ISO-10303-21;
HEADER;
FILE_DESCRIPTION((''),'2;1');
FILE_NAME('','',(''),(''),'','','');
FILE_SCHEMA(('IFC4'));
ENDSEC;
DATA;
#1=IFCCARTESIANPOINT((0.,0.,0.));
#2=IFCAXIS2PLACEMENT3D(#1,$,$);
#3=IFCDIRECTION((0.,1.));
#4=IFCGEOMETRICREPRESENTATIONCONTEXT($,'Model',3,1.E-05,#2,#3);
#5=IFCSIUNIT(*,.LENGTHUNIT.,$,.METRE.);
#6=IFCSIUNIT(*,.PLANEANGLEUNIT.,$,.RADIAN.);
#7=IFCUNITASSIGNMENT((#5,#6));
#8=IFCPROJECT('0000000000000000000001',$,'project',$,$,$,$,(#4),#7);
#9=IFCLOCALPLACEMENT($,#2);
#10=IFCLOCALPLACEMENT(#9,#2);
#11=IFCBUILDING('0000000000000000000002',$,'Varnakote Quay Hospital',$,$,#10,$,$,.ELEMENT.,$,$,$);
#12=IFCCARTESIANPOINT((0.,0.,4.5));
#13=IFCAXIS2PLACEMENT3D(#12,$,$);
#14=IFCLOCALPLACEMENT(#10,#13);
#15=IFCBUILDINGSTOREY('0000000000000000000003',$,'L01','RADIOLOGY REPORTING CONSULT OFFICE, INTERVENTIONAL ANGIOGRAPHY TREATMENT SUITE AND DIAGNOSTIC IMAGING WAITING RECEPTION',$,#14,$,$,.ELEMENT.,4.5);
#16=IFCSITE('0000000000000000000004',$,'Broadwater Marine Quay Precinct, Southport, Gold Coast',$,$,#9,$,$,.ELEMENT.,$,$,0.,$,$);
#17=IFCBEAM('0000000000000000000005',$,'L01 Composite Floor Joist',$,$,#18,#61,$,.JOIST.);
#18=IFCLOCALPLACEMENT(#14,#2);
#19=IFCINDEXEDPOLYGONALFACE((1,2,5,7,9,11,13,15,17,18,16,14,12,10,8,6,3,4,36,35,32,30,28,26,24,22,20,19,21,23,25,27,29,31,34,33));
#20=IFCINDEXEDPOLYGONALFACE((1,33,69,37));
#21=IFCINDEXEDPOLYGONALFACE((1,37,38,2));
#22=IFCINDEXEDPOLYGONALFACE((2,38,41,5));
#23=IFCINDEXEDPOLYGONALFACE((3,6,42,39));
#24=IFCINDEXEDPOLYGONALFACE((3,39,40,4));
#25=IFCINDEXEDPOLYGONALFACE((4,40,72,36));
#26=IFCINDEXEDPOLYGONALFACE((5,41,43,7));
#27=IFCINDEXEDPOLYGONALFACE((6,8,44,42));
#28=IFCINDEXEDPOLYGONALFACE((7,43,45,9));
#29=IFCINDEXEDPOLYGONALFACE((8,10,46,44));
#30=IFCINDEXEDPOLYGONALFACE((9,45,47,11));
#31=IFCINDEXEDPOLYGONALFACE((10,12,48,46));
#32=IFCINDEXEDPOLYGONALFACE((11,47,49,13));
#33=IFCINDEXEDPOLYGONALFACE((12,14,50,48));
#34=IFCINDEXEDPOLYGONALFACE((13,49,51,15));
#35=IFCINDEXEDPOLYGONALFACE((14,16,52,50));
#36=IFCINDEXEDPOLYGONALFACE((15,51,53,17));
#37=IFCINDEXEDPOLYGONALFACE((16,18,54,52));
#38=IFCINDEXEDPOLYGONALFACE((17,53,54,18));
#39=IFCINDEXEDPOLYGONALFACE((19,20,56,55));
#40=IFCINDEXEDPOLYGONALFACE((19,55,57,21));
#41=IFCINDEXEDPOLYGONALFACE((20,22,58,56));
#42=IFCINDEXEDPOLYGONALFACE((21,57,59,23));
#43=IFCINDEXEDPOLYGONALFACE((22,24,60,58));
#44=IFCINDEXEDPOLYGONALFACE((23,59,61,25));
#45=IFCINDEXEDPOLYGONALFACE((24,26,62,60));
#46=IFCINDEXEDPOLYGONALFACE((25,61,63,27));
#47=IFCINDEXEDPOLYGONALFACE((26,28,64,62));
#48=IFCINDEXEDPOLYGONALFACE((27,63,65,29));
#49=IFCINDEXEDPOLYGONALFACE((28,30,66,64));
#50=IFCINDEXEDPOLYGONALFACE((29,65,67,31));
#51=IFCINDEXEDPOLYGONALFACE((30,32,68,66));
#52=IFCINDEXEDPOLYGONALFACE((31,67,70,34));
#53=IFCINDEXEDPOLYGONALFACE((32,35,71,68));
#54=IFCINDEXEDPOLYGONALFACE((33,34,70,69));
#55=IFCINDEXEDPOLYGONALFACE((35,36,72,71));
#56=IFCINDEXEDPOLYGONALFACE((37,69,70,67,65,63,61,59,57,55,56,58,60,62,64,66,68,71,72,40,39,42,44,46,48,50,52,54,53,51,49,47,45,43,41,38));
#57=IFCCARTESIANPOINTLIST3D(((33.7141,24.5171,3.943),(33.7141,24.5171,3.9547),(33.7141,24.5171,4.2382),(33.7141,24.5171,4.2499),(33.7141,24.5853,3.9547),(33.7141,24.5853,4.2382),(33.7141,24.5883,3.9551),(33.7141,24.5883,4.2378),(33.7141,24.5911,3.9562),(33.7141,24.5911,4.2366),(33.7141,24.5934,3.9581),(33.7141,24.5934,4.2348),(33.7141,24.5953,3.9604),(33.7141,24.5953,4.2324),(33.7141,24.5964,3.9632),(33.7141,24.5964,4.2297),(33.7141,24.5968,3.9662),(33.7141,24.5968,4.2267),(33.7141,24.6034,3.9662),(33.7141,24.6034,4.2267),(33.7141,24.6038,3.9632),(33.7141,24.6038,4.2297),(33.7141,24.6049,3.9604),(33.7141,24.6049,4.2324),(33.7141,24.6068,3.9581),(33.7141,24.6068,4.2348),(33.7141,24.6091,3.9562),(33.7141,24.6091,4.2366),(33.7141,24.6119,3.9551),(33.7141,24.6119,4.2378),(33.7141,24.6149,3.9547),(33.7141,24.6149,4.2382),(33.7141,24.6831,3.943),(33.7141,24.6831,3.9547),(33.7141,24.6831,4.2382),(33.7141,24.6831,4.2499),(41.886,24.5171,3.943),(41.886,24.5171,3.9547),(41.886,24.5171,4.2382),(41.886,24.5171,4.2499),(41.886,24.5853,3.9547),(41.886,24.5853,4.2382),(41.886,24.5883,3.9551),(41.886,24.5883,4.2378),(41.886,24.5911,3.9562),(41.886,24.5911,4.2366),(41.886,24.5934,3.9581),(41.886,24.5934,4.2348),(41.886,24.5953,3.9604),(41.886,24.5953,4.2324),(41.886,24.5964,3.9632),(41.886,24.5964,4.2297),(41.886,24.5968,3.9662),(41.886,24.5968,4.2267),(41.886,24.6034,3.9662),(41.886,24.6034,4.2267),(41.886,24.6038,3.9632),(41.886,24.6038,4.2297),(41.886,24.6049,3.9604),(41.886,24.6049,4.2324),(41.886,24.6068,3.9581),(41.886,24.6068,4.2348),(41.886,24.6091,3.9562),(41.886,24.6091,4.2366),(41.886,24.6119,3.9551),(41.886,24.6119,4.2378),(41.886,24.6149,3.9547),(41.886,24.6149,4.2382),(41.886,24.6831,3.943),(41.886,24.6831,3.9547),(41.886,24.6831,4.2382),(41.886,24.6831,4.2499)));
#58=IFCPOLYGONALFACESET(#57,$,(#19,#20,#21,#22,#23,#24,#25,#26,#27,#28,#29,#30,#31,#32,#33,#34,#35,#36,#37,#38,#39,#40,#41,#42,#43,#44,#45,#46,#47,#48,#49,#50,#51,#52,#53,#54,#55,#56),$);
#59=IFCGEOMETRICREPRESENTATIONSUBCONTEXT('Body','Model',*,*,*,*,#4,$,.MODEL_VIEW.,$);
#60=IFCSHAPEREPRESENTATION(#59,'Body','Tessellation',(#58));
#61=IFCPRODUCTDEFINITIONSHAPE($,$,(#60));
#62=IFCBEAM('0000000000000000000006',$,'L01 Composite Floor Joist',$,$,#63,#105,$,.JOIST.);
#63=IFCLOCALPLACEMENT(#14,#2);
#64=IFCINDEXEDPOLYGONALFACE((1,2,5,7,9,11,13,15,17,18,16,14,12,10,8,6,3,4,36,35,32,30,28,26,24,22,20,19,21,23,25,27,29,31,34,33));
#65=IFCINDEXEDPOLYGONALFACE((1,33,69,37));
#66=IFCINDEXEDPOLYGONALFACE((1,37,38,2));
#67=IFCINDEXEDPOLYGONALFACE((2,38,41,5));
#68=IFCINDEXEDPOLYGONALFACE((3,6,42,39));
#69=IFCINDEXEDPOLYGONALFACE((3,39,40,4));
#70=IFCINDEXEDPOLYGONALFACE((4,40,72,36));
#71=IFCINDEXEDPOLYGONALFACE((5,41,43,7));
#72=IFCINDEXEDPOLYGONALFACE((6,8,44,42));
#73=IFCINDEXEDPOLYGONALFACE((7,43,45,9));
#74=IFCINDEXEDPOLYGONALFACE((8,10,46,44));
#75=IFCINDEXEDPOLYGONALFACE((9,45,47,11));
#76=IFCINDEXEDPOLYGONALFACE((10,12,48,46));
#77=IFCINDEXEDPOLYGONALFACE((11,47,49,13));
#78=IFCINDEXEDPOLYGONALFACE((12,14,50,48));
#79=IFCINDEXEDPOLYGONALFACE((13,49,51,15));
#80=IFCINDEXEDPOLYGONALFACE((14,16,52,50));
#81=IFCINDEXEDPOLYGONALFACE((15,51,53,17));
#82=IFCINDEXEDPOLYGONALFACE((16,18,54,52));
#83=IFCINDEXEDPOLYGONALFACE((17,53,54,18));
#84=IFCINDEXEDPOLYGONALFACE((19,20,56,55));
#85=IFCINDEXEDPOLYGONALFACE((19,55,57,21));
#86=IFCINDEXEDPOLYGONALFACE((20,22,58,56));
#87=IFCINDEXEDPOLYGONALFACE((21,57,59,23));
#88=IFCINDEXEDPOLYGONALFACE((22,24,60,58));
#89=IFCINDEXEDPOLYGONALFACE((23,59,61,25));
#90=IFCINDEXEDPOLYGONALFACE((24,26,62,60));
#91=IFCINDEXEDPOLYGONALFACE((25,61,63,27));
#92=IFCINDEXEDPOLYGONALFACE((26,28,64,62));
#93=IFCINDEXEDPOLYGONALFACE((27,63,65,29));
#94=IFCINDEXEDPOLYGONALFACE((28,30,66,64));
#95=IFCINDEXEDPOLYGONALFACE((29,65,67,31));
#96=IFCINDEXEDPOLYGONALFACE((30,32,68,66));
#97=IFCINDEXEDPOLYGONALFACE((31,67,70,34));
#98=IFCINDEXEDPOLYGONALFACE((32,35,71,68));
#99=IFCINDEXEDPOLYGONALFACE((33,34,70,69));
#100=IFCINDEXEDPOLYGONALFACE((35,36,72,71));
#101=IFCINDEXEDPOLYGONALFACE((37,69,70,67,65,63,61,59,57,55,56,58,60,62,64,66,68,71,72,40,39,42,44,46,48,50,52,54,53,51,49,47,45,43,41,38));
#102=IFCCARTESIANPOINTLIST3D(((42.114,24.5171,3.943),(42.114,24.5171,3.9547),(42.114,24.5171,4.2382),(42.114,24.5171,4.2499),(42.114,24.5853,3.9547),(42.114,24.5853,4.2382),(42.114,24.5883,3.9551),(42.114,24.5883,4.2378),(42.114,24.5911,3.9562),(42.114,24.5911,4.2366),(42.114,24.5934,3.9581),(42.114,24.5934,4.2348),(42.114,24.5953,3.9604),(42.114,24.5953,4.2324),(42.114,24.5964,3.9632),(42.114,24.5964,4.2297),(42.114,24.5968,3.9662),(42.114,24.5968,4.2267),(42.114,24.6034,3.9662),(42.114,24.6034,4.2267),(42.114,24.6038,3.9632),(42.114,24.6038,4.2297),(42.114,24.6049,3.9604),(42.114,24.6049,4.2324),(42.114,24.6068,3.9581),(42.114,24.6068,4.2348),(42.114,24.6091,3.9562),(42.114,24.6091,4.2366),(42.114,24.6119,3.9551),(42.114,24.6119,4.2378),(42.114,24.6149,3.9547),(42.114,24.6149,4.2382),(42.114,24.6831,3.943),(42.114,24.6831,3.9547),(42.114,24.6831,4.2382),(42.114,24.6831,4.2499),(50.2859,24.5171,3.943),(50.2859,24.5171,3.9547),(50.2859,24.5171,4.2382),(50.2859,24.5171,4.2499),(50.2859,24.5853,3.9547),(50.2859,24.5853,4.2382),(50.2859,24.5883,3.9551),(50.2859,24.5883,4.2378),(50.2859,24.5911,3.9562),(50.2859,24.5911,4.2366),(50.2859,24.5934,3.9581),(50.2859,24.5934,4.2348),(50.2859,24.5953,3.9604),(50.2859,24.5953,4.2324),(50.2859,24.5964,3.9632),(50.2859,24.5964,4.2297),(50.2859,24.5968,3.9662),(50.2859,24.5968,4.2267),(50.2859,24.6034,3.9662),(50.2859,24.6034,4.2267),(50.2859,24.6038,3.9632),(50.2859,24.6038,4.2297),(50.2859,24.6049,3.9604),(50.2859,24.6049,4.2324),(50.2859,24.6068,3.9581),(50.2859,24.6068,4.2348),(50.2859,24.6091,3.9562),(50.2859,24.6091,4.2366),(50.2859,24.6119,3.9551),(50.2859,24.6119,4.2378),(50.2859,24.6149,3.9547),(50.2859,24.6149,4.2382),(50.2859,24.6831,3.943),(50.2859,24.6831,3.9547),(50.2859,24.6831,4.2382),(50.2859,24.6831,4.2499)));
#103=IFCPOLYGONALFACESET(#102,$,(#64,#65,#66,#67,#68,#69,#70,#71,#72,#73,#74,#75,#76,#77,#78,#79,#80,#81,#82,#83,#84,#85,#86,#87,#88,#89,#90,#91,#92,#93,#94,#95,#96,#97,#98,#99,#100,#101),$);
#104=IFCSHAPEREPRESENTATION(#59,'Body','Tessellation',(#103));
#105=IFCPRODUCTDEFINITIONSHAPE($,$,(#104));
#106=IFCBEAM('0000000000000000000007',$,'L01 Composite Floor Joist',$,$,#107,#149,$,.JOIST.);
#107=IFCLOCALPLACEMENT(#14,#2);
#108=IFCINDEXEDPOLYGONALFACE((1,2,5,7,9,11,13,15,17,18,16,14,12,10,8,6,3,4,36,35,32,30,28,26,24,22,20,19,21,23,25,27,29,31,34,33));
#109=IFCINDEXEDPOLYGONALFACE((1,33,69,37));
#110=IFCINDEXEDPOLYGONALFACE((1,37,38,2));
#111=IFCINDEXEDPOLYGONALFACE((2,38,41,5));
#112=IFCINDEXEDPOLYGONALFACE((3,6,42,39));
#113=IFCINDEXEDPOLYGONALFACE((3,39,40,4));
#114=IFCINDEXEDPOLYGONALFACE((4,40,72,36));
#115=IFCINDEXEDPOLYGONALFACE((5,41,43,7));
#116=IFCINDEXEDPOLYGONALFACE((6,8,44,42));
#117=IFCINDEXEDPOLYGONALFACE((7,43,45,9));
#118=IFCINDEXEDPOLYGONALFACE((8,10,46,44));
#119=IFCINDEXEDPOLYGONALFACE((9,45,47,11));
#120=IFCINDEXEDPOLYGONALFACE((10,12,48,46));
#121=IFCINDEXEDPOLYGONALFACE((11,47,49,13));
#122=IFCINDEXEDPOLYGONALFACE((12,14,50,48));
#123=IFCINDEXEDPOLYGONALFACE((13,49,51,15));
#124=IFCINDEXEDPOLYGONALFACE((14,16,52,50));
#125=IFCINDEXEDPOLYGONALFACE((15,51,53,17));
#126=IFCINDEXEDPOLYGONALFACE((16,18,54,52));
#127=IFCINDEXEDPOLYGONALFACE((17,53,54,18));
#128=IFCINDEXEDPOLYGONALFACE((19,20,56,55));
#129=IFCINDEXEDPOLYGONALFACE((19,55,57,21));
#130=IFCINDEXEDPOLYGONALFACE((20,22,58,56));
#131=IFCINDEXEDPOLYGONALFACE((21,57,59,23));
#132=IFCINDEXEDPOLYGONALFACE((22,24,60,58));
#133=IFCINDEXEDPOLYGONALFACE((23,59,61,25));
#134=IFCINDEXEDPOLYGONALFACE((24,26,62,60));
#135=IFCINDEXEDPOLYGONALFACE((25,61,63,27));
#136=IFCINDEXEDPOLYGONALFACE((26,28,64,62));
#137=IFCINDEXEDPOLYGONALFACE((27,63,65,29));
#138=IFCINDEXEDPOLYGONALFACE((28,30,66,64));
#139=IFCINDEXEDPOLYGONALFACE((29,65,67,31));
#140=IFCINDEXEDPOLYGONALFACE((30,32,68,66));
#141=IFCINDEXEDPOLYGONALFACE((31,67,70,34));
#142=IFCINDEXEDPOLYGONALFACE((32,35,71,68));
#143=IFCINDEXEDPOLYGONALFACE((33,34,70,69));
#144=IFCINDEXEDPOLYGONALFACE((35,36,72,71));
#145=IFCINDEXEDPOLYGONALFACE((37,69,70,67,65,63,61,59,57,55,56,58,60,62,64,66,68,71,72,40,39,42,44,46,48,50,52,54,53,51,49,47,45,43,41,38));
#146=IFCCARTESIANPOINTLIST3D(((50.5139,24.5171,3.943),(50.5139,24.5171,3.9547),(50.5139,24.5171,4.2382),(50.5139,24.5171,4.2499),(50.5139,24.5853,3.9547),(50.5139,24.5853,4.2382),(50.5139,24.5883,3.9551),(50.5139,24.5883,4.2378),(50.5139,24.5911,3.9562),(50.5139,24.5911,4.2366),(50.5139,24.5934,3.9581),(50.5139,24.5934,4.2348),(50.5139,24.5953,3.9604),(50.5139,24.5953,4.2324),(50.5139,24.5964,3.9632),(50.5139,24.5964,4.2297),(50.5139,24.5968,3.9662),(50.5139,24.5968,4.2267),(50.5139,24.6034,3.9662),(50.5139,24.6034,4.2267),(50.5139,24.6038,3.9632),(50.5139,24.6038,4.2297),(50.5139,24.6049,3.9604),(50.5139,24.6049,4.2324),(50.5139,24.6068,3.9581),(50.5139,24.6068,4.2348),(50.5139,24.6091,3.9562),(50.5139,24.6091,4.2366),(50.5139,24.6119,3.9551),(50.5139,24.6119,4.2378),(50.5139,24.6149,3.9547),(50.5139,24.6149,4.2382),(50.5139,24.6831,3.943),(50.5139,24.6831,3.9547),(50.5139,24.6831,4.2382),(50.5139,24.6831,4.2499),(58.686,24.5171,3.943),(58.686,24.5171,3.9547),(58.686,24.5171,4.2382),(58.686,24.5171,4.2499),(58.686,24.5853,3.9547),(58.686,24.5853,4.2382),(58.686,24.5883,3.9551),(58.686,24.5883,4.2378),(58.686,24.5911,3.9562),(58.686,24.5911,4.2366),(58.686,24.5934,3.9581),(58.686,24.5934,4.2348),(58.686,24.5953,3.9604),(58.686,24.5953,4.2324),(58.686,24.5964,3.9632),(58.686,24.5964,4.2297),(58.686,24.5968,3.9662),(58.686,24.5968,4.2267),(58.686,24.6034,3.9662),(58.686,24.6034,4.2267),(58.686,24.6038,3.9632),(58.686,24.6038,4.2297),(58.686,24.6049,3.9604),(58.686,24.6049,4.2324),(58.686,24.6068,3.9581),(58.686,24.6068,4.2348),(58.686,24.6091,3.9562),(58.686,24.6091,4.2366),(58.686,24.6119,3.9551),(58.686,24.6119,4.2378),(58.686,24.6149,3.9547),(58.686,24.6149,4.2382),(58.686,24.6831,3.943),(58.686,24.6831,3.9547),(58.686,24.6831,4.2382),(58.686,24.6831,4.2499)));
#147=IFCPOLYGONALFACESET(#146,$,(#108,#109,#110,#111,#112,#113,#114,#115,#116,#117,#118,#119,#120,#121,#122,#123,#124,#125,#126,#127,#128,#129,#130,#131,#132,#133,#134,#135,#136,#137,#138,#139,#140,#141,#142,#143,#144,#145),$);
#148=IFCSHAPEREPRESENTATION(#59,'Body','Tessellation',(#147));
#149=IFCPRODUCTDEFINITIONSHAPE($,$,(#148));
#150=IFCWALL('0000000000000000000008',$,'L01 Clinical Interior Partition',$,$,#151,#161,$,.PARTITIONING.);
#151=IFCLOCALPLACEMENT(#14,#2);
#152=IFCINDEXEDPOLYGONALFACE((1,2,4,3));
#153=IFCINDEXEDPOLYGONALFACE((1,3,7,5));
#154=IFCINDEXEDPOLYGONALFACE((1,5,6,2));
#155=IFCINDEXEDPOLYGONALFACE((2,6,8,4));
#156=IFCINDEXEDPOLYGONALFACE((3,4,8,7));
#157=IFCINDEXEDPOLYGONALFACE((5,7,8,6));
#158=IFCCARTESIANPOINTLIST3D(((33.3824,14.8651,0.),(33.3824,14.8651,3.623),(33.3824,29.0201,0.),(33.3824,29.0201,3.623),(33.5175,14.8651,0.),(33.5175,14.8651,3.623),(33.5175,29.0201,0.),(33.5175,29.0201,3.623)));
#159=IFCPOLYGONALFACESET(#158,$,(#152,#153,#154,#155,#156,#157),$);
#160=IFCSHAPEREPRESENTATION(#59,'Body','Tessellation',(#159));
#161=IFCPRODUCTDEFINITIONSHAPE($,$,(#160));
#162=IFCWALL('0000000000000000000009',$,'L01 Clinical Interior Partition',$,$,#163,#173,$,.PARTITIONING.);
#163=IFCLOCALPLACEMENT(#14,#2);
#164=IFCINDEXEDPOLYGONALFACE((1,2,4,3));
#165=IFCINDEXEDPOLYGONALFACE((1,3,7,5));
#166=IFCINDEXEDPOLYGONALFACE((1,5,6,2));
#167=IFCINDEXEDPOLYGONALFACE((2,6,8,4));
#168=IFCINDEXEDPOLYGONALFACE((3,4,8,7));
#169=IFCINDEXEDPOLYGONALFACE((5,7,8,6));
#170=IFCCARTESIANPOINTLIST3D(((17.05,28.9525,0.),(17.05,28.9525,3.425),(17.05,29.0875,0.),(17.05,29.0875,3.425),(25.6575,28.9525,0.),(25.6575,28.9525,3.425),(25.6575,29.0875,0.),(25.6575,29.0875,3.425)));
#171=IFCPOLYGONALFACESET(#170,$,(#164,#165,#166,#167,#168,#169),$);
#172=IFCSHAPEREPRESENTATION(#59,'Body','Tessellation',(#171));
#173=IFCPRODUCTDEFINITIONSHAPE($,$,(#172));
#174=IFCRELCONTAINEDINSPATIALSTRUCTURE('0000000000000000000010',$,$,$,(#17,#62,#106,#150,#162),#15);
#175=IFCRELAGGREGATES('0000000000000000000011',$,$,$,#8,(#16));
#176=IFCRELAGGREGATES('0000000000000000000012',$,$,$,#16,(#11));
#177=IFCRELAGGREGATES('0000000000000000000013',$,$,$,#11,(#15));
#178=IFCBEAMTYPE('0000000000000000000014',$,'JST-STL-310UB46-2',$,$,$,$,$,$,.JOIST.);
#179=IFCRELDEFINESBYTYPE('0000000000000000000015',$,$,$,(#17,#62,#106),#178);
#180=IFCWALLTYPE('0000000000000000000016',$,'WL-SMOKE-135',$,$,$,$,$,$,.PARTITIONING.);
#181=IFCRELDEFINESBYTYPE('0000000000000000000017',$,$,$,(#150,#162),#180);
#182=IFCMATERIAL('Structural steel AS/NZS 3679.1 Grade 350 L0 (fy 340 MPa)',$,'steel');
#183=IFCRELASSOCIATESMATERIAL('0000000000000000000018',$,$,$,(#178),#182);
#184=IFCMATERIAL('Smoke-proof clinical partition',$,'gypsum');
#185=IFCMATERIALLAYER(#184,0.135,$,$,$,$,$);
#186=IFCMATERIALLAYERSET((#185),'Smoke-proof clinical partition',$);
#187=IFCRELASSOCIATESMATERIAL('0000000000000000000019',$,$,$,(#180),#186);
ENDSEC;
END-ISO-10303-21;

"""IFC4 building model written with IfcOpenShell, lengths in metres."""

from ifc_helpers import new_model, si_unit, direction, frame, frame_2d, origin, origin_2d, place, context, subcontext, project, spatial, rectangle, i_section, extrude, material, layer, layer_set, material_profile, profile_set, type_object, element, save


model = new_model("IFC4")

# Units and contexts
model_context = context("Model", 3, precision=1e-05, world=origin(), true_north=direction((0.0, 1.0)))
body_context = subcontext(model_context, "Body", "Model", "MODEL_VIEW")
ifc_project = project(units=[si_unit("LENGTHUNIT", "METRE"), si_unit("PLANEANGLEUNIT", "RADIAN")], contexts=[model_context])

# Site, building, storey
site_placement = place(None, origin())
site = spatial("IfcSite", under=ifc_project, at=site_placement, Name="Broadwater Marine Quay Precinct, Southport, Gold Coast", CompositionType="ELEMENT", RefElevation=0.0)
building_placement = place(site_placement, origin())
building = spatial("IfcBuilding", under=site, at=building_placement, Name="Varnakote Quay Hospital", CompositionType="ELEMENT")
storey_placement = place(building_placement, frame((0.0, 0.0, 4.5)))
storey = spatial("IfcBuildingStorey", under=building, at=storey_placement, Name="L01", Description="RADIOLOGY REPORTING CONSULT OFFICE, INTERVENTIONAL ANGIOGRAPHY TREATMENT SUITE AND DIAGNOSTIC IMAGING WAITING RECEPTION", CompositionType="ELEMENT", Elevation=4.5)

# Beams
ifc_material_1 = material(Name="Structural steel AS/NZS 3679.1 Grade 350 L0 (fy 340 MPa)", Category="steel")
ifc_material_profile_1 = material_profile(ifc_material_1, i_section(OverallWidth=0.166, OverallDepth=0.3069, WebThickness=0.0066, FlangeThickness=0.0117, FilletRadius=0.0115, at=origin_2d()), Name="310UB46.2")
ifc_profile_set_1 = profile_set([ifc_material_profile_1], Name="Structural steel AS/NZS 3679.1 Grade 350 L0 (fy 340 MPa)")
beam_type_1 = type_object("IfcBeamType", Name="JST-STL-310UB46-2", PredefinedType="JOIST", material=ifc_profile_set_1)
for number, where, z_axis, x_axis, name in (
    (1, (33.7141, 24.6001, 4.0964), (1.0, 0.0, 0.0), (0.0, 1.0, 0.0), "L01 Composite Floor Joist"),
    (2, (42.114, 24.6001, 4.0964), (1.0, 0.0, 0.0), (0.0, 1.0, 0.0), "L01 Composite Floor Joist"),
):
    element("IfcBeam", number, at=place(storey_placement, frame(where, z_axis=z_axis, x_axis=x_axis)), inside=storey, type_object=beam_type_1, Name=name, PredefinedType="JOIST", context=body_context, shape_type="SweptSolid", body=[
        extrude(i_section(OverallWidth=0.166, OverallDepth=0.3069, WebThickness=0.0066, FlangeThickness=0.0117, FilletRadius=0.0115, at=origin_2d()), origin(), (0.0, 0.0, 1.0), 8.1719),
    ])
beam_1_placement = place(storey_placement, frame((50.5139, 24.6001, 4.0964), z_axis=(1.0, 0.0, 0.0), x_axis=(0.0, 1.0, 0.0)))
element("IfcBeam", 3, at=beam_1_placement, inside=storey, type_object=beam_type_1, Name="L01 Composite Floor Joist", PredefinedType="JOIST", context=body_context, shape_type="SweptSolid", body=[
    extrude(i_section(OverallWidth=0.166, OverallDepth=0.3069, WebThickness=0.0066, FlangeThickness=0.0117, FilletRadius=0.0115, at=origin_2d()), origin(), (0.0, 0.0, 1.0), 8.1721),
])

# Walls
ifc_material_2 = material(Name="Smoke-proof clinical partition", Category="gypsum")
ifc_layer_1 = layer(ifc_material_2, 0.135)
ifc_layer_set_1 = layer_set([ifc_layer_1], Name="Smoke-proof clinical partition")
wall_type_1 = type_object("IfcWallType", Name="WL-SMOKE-135", PredefinedType="PARTITIONING", material=ifc_layer_set_1)
wall_1_placement = place(storey_placement, frame((33.45, 14.865, 0.0), z_axis=(0.0, 0.0, 1.0), x_axis=(0.0, 1.0, 0.0)))
element("IfcWall", 4, at=wall_1_placement, inside=storey, type_object=wall_type_1, Name="L01 Clinical Interior Partition", PredefinedType="PARTITIONING", context=body_context, shape_type="SweptSolid", body=[
    extrude(rectangle(XDim=14.155, YDim=0.135, at=frame_2d((7.0776, 0.0))), origin(), (0.0, 0.0, 1.0), 3.623),
])
wall_2_placement = place(storey_placement, frame((25.6575, 29.02, 0.0), z_axis=(0.0, 0.0, 1.0), x_axis=(-1.0, 0.0, 0.0)))
element("IfcWall", 5, at=wall_2_placement, inside=storey, type_object=wall_type_1, Name="L01 Clinical Interior Partition", PredefinedType="PARTITIONING", context=body_context, shape_type="SweptSolid", body=[
    extrude(rectangle(XDim=8.6074, YDim=0.135, at=frame_2d((4.3037, 0.0))), origin(), (0.0, 0.0, 1.0), 3.425),
])

save(model, "model.ifc")
